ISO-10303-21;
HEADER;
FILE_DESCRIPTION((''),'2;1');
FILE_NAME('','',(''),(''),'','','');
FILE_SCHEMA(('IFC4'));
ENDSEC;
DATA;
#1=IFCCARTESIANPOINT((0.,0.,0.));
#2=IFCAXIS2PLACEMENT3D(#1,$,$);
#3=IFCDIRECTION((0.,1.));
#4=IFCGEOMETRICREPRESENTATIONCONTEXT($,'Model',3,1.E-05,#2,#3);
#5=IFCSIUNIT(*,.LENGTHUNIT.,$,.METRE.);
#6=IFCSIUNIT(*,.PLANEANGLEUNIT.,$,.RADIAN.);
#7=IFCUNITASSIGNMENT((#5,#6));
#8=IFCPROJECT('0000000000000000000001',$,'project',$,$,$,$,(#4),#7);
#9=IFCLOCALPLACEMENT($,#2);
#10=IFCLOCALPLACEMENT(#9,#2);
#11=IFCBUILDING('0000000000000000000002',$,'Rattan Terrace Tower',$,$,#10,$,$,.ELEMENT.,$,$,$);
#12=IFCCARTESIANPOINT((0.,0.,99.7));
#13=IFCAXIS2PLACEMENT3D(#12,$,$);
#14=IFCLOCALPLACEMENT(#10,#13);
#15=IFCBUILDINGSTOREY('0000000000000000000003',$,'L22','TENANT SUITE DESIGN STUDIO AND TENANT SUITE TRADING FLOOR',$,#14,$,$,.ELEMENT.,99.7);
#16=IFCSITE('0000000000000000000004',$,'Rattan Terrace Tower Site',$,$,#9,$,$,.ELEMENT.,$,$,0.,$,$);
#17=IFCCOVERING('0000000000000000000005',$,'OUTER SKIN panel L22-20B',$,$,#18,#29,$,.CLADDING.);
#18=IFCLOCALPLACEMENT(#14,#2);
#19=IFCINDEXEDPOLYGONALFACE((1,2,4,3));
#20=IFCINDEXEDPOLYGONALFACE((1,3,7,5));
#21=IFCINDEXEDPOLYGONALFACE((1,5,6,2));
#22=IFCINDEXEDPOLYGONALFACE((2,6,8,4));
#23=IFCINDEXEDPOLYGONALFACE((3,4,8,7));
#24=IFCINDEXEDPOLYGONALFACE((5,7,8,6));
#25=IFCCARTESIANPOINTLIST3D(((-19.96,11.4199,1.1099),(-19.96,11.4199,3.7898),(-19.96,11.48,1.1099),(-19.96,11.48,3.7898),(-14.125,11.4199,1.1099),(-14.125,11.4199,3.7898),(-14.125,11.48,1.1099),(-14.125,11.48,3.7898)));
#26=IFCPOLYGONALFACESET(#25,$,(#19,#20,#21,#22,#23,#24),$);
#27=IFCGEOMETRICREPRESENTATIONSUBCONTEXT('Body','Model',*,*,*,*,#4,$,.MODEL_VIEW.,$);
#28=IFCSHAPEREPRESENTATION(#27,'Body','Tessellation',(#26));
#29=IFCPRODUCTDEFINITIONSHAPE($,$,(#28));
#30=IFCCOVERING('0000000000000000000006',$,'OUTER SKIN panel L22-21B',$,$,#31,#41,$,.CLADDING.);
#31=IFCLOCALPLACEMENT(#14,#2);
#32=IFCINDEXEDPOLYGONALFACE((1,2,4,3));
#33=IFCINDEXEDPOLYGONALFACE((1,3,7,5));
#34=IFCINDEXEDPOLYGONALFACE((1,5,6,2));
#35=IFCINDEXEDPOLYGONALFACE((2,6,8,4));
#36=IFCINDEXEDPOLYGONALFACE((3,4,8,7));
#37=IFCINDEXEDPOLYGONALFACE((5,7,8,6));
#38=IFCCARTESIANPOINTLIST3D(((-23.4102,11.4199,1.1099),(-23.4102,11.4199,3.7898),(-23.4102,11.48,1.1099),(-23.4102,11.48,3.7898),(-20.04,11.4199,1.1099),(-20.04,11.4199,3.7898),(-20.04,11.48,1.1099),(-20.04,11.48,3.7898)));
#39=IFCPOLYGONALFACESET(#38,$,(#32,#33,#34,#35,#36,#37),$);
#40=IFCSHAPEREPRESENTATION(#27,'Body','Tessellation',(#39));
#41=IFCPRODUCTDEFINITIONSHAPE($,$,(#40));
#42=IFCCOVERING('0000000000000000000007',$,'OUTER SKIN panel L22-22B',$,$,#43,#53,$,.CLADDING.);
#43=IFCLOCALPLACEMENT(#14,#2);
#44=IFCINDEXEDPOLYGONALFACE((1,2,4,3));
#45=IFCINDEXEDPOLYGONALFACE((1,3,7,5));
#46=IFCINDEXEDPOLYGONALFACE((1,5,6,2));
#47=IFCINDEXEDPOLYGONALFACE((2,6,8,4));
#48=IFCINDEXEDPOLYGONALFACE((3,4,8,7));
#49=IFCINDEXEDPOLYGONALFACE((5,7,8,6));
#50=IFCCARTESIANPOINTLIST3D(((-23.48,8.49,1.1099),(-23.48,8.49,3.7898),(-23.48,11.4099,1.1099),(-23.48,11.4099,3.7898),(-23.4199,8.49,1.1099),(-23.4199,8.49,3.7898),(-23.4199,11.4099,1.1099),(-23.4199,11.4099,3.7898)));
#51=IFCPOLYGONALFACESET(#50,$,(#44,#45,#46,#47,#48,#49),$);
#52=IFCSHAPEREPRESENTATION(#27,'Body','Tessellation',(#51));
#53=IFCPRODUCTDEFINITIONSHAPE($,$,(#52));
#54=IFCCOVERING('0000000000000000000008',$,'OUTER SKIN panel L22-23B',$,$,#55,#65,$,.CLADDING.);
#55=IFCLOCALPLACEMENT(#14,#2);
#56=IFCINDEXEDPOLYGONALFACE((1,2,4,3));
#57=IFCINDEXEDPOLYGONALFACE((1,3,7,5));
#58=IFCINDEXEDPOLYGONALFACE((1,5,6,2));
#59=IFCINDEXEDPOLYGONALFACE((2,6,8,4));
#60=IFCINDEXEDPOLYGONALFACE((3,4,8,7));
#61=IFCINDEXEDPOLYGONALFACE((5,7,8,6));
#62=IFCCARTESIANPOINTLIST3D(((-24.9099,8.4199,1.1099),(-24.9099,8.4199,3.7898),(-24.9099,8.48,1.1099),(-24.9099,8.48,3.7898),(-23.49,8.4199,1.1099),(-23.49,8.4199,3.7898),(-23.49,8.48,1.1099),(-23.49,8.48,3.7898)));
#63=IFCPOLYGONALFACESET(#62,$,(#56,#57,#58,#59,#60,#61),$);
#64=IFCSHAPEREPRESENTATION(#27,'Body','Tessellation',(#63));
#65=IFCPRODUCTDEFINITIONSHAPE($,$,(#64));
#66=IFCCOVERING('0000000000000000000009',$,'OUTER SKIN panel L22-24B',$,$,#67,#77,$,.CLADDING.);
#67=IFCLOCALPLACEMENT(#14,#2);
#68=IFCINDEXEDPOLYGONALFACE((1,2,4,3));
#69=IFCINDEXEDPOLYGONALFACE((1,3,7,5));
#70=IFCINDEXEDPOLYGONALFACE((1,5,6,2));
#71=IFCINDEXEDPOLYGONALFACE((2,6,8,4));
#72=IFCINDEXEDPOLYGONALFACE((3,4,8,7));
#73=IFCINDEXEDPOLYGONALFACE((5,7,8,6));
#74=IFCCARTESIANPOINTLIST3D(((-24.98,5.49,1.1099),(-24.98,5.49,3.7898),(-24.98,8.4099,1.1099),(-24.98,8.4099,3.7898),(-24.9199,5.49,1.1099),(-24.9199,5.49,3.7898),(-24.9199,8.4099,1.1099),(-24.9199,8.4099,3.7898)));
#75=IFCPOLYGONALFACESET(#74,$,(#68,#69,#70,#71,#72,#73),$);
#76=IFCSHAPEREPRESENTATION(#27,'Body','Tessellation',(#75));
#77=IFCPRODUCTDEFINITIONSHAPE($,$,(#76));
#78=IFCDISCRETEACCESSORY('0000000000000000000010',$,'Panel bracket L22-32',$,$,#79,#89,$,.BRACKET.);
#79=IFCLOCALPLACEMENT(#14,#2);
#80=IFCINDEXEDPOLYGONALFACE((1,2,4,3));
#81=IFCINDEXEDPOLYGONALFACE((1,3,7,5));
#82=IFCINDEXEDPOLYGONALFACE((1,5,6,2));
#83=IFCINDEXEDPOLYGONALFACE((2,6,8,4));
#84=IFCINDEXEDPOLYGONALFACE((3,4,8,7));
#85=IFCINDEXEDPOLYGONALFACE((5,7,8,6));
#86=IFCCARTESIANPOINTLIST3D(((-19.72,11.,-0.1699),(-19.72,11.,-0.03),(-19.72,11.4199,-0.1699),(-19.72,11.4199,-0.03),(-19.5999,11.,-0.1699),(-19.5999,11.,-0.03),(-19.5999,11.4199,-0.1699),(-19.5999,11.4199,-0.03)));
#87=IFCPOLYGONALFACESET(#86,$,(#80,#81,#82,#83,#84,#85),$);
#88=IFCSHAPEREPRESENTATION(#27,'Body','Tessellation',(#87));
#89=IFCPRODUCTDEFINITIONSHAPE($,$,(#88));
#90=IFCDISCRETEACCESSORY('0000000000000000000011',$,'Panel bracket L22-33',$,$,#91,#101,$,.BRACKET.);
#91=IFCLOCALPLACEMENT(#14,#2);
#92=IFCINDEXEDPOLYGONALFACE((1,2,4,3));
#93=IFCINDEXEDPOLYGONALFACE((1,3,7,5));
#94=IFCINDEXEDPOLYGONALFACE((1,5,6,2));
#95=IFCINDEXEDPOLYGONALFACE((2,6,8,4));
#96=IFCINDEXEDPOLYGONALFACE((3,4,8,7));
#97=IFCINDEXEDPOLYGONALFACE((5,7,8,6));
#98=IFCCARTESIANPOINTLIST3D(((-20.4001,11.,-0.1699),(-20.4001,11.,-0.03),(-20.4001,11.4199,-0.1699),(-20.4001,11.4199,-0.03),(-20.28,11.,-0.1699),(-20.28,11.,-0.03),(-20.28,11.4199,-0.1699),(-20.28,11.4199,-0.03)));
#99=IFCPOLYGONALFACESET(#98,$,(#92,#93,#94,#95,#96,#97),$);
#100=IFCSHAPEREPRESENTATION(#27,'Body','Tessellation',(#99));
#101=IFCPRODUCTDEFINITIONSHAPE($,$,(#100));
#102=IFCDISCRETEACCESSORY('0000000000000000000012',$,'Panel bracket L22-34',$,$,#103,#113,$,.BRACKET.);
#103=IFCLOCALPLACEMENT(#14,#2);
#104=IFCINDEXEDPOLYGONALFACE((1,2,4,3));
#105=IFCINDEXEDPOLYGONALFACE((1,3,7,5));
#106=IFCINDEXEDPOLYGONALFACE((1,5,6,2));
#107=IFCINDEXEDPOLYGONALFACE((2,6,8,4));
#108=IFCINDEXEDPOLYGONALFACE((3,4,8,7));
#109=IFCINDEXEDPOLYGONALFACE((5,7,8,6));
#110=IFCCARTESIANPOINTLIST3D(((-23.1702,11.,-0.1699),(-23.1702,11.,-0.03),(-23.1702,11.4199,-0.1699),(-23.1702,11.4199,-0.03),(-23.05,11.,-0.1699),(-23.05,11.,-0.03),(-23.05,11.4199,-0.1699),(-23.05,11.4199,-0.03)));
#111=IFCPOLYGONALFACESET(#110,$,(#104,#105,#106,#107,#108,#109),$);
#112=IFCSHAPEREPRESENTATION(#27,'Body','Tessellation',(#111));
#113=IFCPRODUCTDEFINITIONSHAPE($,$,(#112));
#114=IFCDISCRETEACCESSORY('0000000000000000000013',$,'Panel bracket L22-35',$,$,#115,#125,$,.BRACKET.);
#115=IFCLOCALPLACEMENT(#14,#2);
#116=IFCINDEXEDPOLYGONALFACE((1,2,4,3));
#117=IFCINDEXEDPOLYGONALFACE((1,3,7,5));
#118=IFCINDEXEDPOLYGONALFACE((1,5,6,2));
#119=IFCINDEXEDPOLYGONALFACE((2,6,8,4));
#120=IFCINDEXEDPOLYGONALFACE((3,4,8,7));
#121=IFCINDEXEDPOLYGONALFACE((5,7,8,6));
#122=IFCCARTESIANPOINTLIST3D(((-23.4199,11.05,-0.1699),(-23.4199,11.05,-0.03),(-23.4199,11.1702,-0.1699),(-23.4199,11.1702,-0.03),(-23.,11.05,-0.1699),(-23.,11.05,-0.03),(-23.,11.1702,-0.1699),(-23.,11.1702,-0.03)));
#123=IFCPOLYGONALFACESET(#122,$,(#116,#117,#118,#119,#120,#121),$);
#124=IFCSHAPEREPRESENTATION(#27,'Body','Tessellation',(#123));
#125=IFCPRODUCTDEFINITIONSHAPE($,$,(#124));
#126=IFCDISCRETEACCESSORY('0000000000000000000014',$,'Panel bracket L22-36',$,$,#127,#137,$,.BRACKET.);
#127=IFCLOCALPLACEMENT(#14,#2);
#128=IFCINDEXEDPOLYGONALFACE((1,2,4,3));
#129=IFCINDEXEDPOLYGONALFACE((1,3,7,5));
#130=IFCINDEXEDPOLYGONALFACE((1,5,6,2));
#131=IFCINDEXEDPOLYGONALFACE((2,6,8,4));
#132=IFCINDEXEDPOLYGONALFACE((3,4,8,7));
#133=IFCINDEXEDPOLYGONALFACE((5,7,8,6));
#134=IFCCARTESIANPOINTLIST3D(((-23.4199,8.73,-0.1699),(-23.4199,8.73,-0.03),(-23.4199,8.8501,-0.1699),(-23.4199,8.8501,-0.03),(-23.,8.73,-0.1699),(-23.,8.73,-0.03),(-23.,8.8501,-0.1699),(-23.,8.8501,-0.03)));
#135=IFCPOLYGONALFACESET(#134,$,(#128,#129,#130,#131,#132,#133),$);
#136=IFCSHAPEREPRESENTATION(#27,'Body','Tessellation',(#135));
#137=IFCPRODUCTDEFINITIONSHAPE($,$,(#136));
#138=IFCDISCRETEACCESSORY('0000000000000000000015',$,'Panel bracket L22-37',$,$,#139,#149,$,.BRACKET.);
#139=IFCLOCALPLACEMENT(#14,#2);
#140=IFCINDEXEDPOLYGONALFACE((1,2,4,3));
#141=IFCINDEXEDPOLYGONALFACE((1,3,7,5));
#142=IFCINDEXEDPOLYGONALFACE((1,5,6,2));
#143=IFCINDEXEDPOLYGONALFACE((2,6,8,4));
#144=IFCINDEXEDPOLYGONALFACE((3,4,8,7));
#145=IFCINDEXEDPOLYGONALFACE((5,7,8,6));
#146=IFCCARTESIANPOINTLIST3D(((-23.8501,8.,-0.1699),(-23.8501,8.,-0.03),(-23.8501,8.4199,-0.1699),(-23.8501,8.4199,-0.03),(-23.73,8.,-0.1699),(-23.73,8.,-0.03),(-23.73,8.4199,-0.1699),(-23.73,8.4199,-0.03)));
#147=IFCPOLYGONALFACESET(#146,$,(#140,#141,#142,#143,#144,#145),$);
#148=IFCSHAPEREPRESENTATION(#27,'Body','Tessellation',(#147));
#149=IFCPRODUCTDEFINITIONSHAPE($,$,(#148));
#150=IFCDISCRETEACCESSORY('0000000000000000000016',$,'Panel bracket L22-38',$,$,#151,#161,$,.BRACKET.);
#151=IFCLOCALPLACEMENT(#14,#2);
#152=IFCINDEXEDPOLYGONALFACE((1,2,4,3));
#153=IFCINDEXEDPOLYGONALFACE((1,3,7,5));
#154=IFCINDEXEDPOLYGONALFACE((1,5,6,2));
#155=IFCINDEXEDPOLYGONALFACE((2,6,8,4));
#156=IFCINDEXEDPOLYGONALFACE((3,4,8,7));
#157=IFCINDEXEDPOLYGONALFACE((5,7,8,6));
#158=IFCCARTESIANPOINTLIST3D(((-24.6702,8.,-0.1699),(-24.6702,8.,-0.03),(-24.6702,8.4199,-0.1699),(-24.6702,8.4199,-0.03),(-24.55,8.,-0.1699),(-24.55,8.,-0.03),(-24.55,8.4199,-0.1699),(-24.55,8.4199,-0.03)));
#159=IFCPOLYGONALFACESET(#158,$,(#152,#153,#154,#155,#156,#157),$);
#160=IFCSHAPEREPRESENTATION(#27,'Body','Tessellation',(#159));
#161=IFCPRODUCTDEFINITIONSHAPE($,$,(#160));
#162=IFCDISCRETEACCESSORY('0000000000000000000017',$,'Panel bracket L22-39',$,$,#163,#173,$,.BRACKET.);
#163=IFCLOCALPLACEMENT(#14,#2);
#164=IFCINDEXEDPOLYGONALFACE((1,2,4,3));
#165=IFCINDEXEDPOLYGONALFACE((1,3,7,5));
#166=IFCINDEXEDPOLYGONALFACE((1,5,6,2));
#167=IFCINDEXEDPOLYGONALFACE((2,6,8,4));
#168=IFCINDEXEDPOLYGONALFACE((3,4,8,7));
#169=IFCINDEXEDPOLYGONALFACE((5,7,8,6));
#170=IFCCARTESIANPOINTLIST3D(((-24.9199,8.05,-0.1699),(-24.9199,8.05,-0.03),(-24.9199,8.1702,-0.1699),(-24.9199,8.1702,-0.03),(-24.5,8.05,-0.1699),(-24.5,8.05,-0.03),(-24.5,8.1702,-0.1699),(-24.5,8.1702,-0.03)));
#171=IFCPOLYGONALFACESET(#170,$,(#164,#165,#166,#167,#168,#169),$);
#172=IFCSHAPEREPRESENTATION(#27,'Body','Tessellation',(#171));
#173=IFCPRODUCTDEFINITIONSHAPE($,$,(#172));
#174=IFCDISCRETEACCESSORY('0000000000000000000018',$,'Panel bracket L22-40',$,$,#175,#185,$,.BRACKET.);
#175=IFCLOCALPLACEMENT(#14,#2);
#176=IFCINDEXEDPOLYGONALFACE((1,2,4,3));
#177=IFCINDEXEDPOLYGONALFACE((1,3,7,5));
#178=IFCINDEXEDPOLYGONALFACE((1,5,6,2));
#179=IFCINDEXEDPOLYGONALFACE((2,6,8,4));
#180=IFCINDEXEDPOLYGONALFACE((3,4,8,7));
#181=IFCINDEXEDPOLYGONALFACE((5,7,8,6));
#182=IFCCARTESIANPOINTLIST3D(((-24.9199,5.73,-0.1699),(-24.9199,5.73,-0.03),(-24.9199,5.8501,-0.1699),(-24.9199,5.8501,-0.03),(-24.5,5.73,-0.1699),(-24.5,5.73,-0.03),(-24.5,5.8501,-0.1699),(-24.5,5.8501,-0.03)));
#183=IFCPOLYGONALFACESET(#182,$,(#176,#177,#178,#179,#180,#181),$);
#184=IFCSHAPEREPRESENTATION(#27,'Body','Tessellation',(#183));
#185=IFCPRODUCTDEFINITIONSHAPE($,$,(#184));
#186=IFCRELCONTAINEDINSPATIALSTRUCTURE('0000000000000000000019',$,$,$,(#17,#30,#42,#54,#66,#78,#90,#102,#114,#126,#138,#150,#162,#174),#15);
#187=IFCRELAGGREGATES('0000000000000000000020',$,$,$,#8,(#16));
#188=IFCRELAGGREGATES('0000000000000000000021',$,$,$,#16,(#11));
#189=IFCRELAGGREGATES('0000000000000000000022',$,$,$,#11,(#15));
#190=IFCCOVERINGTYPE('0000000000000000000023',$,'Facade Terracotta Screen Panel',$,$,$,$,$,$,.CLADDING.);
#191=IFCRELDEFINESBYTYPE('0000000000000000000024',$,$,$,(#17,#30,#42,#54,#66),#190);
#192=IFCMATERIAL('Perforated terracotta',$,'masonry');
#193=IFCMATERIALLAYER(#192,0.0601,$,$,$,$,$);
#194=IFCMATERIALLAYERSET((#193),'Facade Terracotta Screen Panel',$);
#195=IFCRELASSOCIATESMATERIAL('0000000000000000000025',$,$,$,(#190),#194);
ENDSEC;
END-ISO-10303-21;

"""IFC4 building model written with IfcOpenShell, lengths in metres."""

from ifc_helpers import new_model, si_unit, direction, frame, origin, origin_2d, place, context, subcontext, project, spatial, rectangle, extrude, material, layer, layer_set, type_object, element, save


model = new_model("IFC4")

# Units and contexts
model_context = context("Model", 3, precision=1e-05, world=origin(), true_north=direction((0.0, 1.0)))
body_context = subcontext(model_context, "Body", "Model", "MODEL_VIEW")
ifc_project = project(units=[si_unit("LENGTHUNIT", "METRE"), si_unit("PLANEANGLEUNIT", "RADIAN")], contexts=[model_context])

# Site, building, storey
site_placement = place(None, origin())
site = spatial("IfcSite", under=ifc_project, at=site_placement, Name="Rattan Terrace Tower Site", CompositionType="ELEMENT", RefElevation=0.0)
building_placement = place(site_placement, origin())
building = spatial("IfcBuilding", under=site, at=building_placement, Name="Rattan Terrace Tower", CompositionType="ELEMENT")
storey_placement = place(building_placement, frame((0.0, 0.0, 99.7)))
storey = spatial("IfcBuildingStorey", under=building, at=storey_placement, Name="L22", Description="TENANT SUITE DESIGN STUDIO AND TENANT SUITE TRADING FLOOR", CompositionType="ELEMENT", Elevation=99.7)

# Coverings
ifc_material_1 = material(Name="Perforated terracotta", Category="masonry")
ifc_layer_1 = layer(ifc_material_1, 0.0601)
ifc_layer_set_1 = layer_set([ifc_layer_1], Name="Facade Terracotta Screen Panel")
covering_type_1 = type_object("IfcCoveringType", Name="Facade Terracotta Screen Panel", PredefinedType="CLADDING", material=ifc_layer_set_1)
covering_1_placement = place(storey_placement, frame((-17.0425, 11.45, 1.1099), z_axis=(0.0, 0.0, 1.0), x_axis=(-1.0, 0.0, 0.0)))
element("IfcCovering", 1, at=covering_1_placement, inside=storey, type_object=covering_type_1, Name="OUTER SKIN panel L22-20B", PredefinedType="CLADDING", context=body_context, shape_type="SweptSolid", body=[
    extrude(rectangle(XDim=5.835, YDim=0.0601, at=origin_2d()), origin(), (0.0, 0.0, 1.0), 2.6799),
])
covering_2_placement = place(storey_placement, frame((-21.7251, 11.45, 1.1099), z_axis=(0.0, 0.0, 1.0), x_axis=(-1.0, 0.0, 0.0)))
element("IfcCovering", 2, at=covering_2_placement, inside=storey, type_object=covering_type_1, Name="OUTER SKIN panel L22-21B", PredefinedType="CLADDING", context=body_context, shape_type="SweptSolid", body=[
    extrude(rectangle(XDim=3.3701, YDim=0.0601, at=origin_2d()), origin(), (0.0, 0.0, 1.0), 2.6799),
])
covering_3_placement = place(storey_placement, frame((-23.45, 9.95, 1.1099), z_axis=(0.0, 0.0, 1.0), x_axis=(0.0, -1.0, 0.0)))
element("IfcCovering", 3, at=covering_3_placement, inside=storey, type_object=covering_type_1, Name="OUTER SKIN panel L22-22B", PredefinedType="CLADDING", context=body_context, shape_type="SweptSolid", body=[
    extrude(rectangle(XDim=2.9199, YDim=0.0601, at=origin_2d()), origin(), (0.0, 0.0, 1.0), 2.6799),
])
covering_4_placement = place(storey_placement, frame((-24.2, 8.45, 1.1099), z_axis=(0.0, 0.0, 1.0), x_axis=(-1.0, 0.0, 0.0)))
element("IfcCovering", 4, at=covering_4_placement, inside=storey, type_object=covering_type_1, Name="OUTER SKIN panel L22-23B", PredefinedType="CLADDING", context=body_context, shape_type="SweptSolid", body=[
    extrude(rectangle(XDim=1.4199, YDim=0.0601, at=origin_2d()), origin(), (0.0, 0.0, 1.0), 2.6799),
])
covering_5_placement = place(storey_placement, frame((-24.95, 6.95, 1.1099), z_axis=(0.0, 0.0, 1.0), x_axis=(0.0, -1.0, 0.0)))
element("IfcCovering", 5, at=covering_5_placement, inside=storey, type_object=covering_type_1, Name="OUTER SKIN panel L22-24B", PredefinedType="CLADDING", context=body_context, shape_type="SweptSolid", body=[
    extrude(rectangle(XDim=2.9199, YDim=0.0601, at=origin_2d()), origin(), (0.0, 0.0, 1.0), 2.6799),
])

# Discrete accessories
for number, where, z_axis, x_axis, name in (
    (6, (-19.6599, 11.21, -0.1699), (0.0, 0.0, 1.0), (-1.0, 0.0, 0.0), "Panel bracket L22-32"),
    (7, (-20.3401, 11.21, -0.1699), (0.0, 0.0, 1.0), (-1.0, 0.0, 0.0), "Panel bracket L22-33"),
    (8, (-23.1101, 11.21, -0.1699), (0.0, 0.0, 1.0), (-1.0, 0.0, 0.0), "Panel bracket L22-34"),
    (9, (-23.21, 11.1101, -0.1699), (0.0, 0.0, 1.0), (0.0, -1.0, 0.0), "Panel bracket L22-35"),
    (10, (-23.21, 8.79, -0.1699), (0.0, 0.0, 1.0), (0.0, -1.0, 0.0), "Panel bracket L22-36"),
    (11, (-23.79, 8.21, -0.1699), (0.0, 0.0, 1.0), (-1.0, 0.0, 0.0), "Panel bracket L22-37"),
    (12, (-24.6101, 8.21, -0.1699), (0.0, 0.0, 1.0), (-1.0, 0.0, 0.0), "Panel bracket L22-38"),
    (13, (-24.71, 8.1101, -0.1699), (0.0, 0.0, 1.0), (0.0, -1.0, 0.0), "Panel bracket L22-39"),
    (14, (-24.71, 5.79, -0.1699), (0.0, 0.0, 1.0), (0.0, -1.0, 0.0), "Panel bracket L22-40"),
):
    element("IfcDiscreteAccessory", number, at=place(storey_placement, frame(where, z_axis=z_axis, x_axis=x_axis)), inside=storey, Name=name, PredefinedType="BRACKET", context=body_context, shape_type="SweptSolid", body=[
        extrude(rectangle(XDim=0.1201, YDim=0.4199, at=origin_2d()), origin(), (0.0, 0.0, 1.0), 0.1399),
    ])

save(model, "model.ifc")
